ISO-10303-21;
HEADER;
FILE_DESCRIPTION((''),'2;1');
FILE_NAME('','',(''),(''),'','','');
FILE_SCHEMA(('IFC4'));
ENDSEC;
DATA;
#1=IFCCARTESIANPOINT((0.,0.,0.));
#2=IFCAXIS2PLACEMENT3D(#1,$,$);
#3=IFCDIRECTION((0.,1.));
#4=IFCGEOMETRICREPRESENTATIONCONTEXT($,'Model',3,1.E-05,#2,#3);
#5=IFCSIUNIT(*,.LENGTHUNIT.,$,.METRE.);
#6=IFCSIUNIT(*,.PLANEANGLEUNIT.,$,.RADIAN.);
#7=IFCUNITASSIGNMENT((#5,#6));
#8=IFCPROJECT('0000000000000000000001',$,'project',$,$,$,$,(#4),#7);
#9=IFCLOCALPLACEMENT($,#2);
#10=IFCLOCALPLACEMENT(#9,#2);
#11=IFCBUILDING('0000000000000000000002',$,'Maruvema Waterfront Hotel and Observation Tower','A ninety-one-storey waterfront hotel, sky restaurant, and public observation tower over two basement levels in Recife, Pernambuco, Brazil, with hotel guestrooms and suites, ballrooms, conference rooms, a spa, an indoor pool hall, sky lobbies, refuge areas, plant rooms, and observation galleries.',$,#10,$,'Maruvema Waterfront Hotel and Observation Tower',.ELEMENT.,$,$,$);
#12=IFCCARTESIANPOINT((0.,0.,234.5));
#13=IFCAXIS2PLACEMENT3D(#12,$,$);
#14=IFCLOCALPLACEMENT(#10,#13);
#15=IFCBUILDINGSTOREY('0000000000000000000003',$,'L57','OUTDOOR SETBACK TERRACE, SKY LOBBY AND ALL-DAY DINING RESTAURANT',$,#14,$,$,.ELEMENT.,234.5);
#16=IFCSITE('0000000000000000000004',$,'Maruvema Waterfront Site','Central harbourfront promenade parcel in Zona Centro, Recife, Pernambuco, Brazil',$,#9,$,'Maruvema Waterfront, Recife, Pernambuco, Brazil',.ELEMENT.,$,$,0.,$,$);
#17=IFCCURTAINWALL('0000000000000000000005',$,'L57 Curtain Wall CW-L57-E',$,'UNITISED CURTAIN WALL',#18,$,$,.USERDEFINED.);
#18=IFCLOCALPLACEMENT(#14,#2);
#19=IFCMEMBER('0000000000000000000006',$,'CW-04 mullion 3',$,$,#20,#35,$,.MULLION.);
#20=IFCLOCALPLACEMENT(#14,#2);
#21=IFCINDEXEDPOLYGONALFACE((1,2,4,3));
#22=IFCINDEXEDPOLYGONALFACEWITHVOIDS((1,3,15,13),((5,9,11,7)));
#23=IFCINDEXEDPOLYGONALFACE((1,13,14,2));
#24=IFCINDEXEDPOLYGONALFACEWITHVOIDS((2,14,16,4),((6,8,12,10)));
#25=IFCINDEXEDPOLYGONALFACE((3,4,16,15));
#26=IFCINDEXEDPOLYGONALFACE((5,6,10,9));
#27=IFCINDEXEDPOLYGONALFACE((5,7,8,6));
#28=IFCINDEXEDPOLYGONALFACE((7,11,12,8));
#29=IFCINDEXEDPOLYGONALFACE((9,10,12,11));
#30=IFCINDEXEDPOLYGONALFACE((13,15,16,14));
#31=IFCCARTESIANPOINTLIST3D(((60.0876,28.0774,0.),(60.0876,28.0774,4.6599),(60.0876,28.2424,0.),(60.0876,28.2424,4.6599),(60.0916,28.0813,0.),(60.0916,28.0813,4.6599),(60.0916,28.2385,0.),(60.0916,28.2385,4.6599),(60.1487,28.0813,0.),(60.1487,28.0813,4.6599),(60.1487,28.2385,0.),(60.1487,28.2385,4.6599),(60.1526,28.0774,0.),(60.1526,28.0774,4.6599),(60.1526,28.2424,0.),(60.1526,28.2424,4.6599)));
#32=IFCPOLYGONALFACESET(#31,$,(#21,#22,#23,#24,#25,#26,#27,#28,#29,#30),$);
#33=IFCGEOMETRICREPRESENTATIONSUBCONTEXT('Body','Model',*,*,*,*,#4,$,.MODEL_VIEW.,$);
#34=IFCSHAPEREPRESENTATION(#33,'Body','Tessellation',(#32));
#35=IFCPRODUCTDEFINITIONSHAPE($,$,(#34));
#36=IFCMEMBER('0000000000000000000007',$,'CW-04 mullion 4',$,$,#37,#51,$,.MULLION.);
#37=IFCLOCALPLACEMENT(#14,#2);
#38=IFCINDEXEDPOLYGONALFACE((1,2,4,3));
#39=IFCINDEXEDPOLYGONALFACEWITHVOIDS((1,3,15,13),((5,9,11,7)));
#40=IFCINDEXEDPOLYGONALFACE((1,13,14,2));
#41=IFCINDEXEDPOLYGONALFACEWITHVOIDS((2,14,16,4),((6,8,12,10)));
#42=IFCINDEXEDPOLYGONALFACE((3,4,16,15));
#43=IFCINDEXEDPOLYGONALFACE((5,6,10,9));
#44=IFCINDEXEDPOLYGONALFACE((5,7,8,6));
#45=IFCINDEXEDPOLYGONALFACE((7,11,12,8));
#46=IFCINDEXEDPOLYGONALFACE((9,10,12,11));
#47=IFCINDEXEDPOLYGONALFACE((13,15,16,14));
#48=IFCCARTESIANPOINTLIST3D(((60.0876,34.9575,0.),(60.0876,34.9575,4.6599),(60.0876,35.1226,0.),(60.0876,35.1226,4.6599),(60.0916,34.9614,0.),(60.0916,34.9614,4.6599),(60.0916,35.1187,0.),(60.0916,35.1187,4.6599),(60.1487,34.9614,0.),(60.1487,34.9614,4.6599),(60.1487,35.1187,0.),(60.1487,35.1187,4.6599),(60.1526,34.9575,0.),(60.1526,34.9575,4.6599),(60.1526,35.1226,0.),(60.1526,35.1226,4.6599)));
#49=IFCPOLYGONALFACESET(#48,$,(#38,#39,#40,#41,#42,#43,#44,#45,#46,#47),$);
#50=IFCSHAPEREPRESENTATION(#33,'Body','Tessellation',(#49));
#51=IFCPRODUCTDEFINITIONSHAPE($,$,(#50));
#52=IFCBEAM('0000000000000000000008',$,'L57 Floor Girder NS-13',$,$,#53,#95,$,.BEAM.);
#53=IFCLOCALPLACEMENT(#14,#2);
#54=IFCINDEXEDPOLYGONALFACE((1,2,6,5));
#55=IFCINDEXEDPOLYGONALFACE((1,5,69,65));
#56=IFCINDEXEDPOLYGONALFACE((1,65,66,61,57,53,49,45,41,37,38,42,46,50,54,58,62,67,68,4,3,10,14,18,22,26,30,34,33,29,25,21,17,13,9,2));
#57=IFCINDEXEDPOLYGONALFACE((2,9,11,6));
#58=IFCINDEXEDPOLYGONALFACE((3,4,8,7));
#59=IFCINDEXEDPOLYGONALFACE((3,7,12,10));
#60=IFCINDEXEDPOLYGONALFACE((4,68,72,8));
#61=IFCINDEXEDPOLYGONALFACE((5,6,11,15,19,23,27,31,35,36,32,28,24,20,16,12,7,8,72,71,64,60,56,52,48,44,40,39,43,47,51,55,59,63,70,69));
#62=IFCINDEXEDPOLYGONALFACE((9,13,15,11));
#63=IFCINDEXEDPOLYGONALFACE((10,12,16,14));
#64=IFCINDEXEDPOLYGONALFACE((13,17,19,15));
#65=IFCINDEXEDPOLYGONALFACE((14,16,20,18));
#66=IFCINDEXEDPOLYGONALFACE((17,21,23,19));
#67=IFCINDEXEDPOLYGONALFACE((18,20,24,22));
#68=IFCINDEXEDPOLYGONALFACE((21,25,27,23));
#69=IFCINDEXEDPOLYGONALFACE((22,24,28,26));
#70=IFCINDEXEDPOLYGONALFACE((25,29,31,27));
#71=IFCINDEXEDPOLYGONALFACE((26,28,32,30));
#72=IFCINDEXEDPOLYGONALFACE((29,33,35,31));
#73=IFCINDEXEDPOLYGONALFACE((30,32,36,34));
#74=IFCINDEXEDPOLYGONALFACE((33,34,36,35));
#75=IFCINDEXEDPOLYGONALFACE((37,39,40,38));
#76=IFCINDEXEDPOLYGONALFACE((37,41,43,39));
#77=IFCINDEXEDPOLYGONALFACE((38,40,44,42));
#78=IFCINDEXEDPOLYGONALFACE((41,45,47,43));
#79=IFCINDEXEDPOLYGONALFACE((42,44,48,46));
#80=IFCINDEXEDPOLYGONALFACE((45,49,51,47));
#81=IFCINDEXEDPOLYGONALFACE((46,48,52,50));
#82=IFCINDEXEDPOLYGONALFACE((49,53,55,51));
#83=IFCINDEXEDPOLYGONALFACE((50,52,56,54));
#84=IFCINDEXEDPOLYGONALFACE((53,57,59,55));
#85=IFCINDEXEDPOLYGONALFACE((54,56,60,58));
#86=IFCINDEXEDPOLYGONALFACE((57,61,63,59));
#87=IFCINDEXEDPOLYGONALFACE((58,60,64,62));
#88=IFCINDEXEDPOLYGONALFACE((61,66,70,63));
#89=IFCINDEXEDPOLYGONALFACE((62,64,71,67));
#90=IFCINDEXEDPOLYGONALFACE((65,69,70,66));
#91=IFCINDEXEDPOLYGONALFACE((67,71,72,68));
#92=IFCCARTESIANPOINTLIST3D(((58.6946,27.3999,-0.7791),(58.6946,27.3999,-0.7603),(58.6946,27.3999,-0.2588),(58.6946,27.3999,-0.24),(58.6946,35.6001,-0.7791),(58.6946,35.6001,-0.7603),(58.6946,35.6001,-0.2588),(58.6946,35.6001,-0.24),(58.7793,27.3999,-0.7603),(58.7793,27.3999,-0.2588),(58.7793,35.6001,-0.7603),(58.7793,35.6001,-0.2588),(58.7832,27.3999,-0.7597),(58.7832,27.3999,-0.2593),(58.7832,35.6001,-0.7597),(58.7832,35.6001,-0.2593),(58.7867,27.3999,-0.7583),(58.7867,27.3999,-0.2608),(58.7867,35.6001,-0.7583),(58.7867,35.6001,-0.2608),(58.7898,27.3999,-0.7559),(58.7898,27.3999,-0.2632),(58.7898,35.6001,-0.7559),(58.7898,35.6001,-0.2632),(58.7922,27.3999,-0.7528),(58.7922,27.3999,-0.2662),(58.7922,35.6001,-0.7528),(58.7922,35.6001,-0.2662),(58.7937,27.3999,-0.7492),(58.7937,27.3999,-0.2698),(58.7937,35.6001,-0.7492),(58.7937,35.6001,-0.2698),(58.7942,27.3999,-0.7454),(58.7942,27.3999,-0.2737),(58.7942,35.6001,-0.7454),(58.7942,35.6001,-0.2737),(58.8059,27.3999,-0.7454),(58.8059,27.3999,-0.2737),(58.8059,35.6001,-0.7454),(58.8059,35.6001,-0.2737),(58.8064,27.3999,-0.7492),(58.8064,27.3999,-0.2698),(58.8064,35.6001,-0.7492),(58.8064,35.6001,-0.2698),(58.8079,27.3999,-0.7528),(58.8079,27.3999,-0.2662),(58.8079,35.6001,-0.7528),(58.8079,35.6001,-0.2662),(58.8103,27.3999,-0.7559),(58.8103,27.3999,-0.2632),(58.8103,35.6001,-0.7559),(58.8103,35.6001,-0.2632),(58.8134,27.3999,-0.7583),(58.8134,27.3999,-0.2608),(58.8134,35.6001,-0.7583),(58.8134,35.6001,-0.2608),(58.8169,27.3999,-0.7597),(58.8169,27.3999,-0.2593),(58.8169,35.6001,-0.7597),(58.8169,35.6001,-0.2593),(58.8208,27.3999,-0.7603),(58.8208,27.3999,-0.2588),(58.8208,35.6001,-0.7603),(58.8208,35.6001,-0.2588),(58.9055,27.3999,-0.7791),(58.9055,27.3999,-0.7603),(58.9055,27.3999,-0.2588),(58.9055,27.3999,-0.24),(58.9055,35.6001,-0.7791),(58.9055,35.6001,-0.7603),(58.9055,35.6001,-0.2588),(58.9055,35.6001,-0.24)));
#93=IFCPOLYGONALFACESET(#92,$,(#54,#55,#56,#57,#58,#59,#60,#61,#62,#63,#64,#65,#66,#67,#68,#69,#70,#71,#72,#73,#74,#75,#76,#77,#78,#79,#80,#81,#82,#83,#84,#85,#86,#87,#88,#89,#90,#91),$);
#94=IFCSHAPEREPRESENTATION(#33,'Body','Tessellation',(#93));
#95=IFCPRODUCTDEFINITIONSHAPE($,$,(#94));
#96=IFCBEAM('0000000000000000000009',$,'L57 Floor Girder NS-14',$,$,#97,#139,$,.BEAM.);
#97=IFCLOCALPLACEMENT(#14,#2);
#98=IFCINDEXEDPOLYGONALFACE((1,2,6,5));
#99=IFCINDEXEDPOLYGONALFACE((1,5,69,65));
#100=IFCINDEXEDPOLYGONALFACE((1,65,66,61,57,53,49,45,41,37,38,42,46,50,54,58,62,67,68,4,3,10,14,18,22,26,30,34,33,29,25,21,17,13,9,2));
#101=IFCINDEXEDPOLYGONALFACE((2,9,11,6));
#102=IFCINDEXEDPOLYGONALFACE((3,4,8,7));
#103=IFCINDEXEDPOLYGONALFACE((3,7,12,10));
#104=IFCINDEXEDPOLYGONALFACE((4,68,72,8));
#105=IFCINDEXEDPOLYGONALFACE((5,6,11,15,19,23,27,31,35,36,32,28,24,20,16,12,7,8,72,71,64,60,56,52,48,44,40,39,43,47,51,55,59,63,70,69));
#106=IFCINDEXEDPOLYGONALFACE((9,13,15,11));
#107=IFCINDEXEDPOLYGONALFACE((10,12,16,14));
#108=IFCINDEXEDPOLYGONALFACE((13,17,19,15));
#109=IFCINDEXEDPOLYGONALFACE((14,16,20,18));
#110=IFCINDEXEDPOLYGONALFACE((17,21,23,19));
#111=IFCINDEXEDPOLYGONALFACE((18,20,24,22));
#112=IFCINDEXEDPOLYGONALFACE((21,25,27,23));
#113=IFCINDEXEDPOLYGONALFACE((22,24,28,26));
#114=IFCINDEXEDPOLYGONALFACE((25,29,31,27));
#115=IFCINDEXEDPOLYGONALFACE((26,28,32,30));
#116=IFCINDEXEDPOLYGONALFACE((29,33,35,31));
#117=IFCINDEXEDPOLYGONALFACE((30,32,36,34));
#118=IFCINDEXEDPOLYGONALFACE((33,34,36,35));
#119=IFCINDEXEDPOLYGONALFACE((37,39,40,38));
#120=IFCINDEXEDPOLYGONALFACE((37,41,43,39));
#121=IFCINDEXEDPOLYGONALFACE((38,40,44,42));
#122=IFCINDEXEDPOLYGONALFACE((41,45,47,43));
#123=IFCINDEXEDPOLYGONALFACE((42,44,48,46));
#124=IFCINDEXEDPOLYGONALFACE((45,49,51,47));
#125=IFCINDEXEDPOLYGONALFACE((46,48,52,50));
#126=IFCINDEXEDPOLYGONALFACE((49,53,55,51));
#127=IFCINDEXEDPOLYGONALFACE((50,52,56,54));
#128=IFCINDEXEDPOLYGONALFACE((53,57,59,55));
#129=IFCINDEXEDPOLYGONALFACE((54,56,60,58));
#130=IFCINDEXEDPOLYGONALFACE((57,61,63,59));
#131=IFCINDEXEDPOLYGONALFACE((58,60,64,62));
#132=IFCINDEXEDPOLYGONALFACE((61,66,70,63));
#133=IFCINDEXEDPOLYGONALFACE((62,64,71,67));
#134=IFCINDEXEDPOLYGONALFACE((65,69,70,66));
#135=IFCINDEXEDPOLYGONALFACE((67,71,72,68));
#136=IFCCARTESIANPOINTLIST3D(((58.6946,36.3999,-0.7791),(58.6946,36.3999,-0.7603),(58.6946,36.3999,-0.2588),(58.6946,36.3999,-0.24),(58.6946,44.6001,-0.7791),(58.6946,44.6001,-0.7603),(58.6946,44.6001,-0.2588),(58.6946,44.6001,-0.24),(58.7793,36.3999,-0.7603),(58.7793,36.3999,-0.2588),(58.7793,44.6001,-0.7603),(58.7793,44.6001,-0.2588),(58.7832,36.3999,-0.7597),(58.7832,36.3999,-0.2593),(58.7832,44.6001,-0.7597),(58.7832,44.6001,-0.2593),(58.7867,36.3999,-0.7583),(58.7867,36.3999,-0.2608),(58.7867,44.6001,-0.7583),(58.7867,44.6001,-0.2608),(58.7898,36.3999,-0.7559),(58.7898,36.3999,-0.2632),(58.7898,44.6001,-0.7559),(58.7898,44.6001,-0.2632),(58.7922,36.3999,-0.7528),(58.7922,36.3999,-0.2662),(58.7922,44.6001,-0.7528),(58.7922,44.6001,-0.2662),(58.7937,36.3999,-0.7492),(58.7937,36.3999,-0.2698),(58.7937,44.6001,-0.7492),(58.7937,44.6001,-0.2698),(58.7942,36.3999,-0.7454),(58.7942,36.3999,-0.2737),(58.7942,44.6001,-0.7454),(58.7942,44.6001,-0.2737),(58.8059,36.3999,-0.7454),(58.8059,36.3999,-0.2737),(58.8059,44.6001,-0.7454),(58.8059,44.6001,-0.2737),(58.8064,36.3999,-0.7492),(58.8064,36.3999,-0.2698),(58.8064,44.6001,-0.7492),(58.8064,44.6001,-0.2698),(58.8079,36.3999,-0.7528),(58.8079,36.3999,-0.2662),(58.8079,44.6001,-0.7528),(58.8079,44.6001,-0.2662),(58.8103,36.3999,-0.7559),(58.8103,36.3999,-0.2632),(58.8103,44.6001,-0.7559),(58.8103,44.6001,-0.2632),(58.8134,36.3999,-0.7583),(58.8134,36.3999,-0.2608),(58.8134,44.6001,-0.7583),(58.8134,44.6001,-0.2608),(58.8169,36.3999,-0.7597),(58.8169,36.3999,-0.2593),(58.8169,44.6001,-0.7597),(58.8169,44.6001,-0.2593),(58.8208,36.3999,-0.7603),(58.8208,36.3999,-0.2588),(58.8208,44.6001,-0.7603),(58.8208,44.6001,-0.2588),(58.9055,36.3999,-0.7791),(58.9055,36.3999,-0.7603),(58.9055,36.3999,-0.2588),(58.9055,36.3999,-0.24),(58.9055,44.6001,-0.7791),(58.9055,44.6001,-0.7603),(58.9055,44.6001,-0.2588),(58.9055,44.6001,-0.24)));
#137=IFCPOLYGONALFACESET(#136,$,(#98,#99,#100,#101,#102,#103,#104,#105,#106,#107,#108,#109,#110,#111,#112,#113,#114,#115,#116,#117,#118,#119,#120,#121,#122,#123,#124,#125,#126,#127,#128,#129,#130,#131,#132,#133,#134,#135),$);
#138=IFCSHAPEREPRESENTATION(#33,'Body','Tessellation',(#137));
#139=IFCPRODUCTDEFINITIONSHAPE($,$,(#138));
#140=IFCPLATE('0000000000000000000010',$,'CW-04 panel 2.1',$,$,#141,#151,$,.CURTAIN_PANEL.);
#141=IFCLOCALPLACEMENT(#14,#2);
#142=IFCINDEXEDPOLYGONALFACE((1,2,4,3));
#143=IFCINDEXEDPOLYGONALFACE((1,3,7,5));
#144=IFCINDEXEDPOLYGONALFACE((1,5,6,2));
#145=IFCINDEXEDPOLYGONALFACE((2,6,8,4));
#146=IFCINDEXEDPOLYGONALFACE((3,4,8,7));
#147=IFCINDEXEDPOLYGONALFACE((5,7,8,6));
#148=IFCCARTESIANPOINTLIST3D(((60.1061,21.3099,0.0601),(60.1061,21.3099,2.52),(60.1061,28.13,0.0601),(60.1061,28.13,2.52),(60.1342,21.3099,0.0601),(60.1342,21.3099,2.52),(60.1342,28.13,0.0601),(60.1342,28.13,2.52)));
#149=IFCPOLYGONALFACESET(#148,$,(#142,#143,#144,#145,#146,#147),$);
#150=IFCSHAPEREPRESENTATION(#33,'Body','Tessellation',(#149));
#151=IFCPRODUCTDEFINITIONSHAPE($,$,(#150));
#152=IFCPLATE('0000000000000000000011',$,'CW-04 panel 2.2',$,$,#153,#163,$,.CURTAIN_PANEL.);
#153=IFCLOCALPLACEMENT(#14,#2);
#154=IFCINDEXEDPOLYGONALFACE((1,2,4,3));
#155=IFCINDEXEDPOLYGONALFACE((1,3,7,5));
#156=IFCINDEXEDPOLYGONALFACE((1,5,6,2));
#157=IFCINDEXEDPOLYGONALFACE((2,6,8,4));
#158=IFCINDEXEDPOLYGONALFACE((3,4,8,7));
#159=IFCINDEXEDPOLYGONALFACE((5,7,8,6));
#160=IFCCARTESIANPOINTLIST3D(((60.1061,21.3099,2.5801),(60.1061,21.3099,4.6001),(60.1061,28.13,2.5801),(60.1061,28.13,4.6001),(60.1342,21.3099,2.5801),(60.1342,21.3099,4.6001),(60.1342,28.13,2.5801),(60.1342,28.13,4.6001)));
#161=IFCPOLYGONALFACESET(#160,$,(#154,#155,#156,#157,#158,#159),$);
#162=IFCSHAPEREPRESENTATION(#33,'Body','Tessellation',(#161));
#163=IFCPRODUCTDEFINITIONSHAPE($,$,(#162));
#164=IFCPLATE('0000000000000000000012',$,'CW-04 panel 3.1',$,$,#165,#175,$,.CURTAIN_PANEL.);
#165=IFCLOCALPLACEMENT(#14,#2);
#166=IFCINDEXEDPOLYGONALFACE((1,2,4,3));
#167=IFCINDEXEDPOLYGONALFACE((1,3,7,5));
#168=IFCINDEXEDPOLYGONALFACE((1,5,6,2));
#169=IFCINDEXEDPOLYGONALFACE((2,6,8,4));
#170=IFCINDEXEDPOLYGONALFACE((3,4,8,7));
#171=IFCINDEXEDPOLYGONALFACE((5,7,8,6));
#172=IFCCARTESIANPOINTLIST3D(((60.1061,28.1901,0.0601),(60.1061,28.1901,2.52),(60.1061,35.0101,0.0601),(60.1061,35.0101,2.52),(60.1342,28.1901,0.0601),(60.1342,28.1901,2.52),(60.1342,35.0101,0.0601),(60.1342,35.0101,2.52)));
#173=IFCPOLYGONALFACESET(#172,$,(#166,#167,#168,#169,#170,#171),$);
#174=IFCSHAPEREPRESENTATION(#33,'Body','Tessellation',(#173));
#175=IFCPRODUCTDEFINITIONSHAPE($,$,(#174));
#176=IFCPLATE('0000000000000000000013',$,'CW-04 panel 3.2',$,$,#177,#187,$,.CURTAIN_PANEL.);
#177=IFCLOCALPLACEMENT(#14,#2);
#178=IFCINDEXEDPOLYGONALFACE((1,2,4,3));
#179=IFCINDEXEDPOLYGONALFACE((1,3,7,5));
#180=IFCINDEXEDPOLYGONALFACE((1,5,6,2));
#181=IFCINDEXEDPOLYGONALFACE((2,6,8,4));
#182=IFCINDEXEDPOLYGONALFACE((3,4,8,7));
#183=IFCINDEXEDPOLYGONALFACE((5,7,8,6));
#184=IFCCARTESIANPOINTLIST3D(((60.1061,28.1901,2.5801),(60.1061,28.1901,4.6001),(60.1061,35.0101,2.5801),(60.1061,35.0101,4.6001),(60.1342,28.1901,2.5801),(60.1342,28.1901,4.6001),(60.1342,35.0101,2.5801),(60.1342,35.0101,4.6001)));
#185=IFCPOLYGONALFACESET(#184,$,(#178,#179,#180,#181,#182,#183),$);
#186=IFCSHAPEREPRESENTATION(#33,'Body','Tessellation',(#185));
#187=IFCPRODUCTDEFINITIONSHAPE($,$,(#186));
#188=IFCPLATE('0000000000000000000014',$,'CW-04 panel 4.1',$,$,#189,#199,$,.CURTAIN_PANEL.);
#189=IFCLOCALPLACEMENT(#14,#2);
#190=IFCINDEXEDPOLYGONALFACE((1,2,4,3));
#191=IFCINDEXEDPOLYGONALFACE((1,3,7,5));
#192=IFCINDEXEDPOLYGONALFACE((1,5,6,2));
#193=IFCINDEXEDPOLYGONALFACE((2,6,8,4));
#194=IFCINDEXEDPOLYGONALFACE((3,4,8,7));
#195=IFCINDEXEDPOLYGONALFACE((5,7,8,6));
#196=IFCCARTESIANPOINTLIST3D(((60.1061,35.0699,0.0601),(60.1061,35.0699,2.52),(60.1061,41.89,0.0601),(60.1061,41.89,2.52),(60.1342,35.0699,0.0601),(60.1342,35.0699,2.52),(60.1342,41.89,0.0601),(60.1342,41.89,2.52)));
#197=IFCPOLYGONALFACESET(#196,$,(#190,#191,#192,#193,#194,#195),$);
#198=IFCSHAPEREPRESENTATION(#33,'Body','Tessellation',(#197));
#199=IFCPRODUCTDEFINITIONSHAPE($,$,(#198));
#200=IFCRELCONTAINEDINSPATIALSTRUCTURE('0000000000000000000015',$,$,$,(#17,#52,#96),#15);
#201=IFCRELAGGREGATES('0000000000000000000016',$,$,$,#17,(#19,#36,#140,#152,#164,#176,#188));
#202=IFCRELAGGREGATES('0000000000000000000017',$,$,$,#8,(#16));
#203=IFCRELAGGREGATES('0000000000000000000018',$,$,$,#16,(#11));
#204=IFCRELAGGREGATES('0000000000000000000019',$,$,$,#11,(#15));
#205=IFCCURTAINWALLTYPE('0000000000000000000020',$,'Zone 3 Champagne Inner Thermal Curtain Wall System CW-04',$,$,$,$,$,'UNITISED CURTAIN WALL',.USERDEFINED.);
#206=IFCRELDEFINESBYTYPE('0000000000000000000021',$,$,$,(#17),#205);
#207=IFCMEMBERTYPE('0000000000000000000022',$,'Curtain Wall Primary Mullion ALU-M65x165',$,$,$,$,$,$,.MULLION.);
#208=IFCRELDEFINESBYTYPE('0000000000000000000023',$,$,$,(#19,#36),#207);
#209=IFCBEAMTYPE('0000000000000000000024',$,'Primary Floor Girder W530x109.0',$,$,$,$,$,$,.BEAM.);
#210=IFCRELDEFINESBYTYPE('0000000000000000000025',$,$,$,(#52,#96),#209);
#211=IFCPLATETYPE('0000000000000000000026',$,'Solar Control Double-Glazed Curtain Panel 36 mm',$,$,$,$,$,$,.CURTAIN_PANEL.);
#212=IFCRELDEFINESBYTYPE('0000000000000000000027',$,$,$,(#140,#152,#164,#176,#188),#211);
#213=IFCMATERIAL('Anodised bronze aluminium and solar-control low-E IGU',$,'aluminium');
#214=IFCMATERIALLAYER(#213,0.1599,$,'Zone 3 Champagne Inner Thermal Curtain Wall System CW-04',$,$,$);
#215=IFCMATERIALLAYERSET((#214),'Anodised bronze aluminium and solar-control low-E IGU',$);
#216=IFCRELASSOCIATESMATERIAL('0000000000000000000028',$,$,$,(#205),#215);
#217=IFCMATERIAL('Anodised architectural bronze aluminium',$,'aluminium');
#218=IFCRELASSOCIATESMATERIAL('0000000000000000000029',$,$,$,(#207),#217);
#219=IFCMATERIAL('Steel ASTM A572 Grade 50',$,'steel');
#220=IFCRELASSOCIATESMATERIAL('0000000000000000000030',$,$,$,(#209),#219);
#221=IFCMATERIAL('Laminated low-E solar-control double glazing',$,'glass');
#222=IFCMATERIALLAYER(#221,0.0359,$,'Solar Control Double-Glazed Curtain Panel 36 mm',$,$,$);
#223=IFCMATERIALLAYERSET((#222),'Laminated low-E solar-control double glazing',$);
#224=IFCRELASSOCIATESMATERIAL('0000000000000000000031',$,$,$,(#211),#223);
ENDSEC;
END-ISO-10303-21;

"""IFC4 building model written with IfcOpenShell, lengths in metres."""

from ifc_helpers import new_model, si_unit, direction, frame, origin, origin_2d, place, context, subcontext, project, spatial, rectangle, hollow_rectangle, i_section, extrude, material, layer, layer_set, material_profile, profile_set, type_object, element, aggregate, save


model = new_model("IFC4")

# Units and contexts
model_context = context("Model", 3, precision=1e-05, world=origin(), true_north=direction((0.0, 1.0)))
body_context = subcontext(model_context, "Body", "Model", "MODEL_VIEW")
ifc_project = project(units=[si_unit("LENGTHUNIT", "METRE"), si_unit("PLANEANGLEUNIT", "RADIAN")], contexts=[model_context])

# Site, building, storey
site_placement = place(None, origin())
site = spatial("IfcSite", under=ifc_project, at=site_placement, Name="Maruvema Waterfront Site", Description="Central harbourfront promenade parcel in Zona Centro, Recife, Pernambuco, Brazil", LongName="Maruvema Waterfront, Recife, Pernambuco, Brazil", CompositionType="ELEMENT", RefElevation=0.0)
building_placement = place(site_placement, origin())
building = spatial("IfcBuilding", under=site, at=building_placement, Name="Maruvema Waterfront Hotel and Observation Tower", Description="A ninety-one-storey waterfront hotel, sky restaurant, and public observation tower over two basement levels in Recife, Pernambuco, Brazil, with hotel guestrooms and suites, ballrooms, conference rooms, a spa, an indoor pool hall, sky lobbies, refuge areas, plant rooms, and observation galleries.", LongName="Maruvema Waterfront Hotel and Observation Tower", CompositionType="ELEMENT")
storey_placement = place(building_placement, frame((0.0, 0.0, 234.5)))
storey = spatial("IfcBuildingStorey", under=building, at=storey_placement, Name="L57", Description="OUTDOOR SETBACK TERRACE, SKY LOBBY AND ALL-DAY DINING RESTAURANT", CompositionType="ELEMENT", Elevation=234.5)

# Curtain wall, members
ifc_material_1 = material(Name="Anodised bronze aluminium and solar-control low-E IGU", Category="aluminium")
ifc_layer_1 = layer(ifc_material_1, 0.1599, Name="Zone 3 Champagne Inner Thermal Curtain Wall System CW-04")
ifc_layer_set_1 = layer_set([ifc_layer_1], Name="Anodised bronze aluminium and solar-control low-E IGU")
curtain_wall_type = type_object("IfcCurtainWallType", Name="Zone 3 Champagne Inner Thermal Curtain Wall System CW-04", ElementType="UNITISED CURTAIN WALL", PredefinedType="USERDEFINED", material=ifc_layer_set_1)
curtain_wall_placement = place(storey_placement, origin())
curtain_wall = element("IfcCurtainWall", 1, at=curtain_wall_placement, inside=storey, type_object=curtain_wall_type, Name="L57 Curtain Wall CW-L57-E", ObjectType="UNITISED CURTAIN WALL", PredefinedType="USERDEFINED")
ifc_material_2 = material(Name="Anodised architectural bronze aluminium", Category="aluminium")
ifc_material_profile_1 = material_profile(ifc_material_2, hollow_rectangle(XDim=0.0649, YDim=0.165, WallThickness=0.0039, at=origin_2d()), Name="ALU-M65x165")
ifc_profile_set_1 = profile_set([ifc_material_profile_1], Name="Anodised architectural bronze aluminium")
member_type_1 = type_object("IfcMemberType", Name="Curtain Wall Primary Mullion ALU-M65x165", PredefinedType="MULLION", material=ifc_profile_set_1)
member_1_placement = place(storey_placement, frame((60.1201, 28.1599, 0.0), z_axis=(0.0, 0.0, 1.0), x_axis=(-1.0, 0.0, 0.0)))
member_1 = element("IfcMember", 2, at=member_1_placement, type_object=member_type_1, Name="CW-04 mullion 3", PredefinedType="MULLION", context=body_context, shape_type="SweptSolid", body=[
    extrude(hollow_rectangle(XDim=0.0649, YDim=0.165, WallThickness=0.0039, at=origin_2d()), origin(), (0.0, 0.0, 1.0), 4.6599),
])
member_2_placement = place(storey_placement, frame((60.1201, 35.04, 0.0), z_axis=(0.0, 0.0, 1.0), x_axis=(-1.0, 0.0, 0.0)))
member_2 = element("IfcMember", 3, at=member_2_placement, type_object=member_type_1, Name="CW-04 mullion 4", PredefinedType="MULLION", context=body_context, shape_type="SweptSolid", body=[
    extrude(hollow_rectangle(XDim=0.0649, YDim=0.165, WallThickness=0.0039, at=origin_2d()), origin(), (0.0, 0.0, 1.0), 4.6599),
])

# Beams
ifc_material_3 = material(Name="Steel ASTM A572 Grade 50", Category="steel")
ifc_material_profile_2 = material_profile(ifc_material_3, i_section(OverallWidth=0.2109, OverallDepth=0.5391, WebThickness=0.0117, FlangeThickness=0.0188, FilletRadius=0.0149, at=origin_2d()), Name="W530x109.0")
ifc_profile_set_2 = profile_set([ifc_material_profile_2], Name="Steel ASTM A572 Grade 50")
beam_type = type_object("IfcBeamType", Name="Primary Floor Girder W530x109.0", PredefinedType="BEAM", material=ifc_profile_set_2)
for number, where, z_axis, x_axis, name in (
    (4, (58.8, 27.3999, -0.5095), (0.0, 1.0, 0.0), (-1.0, 0.0, 0.0), "L57 Floor Girder NS-13"),
    (5, (58.8, 36.3999, -0.5095), (0.0, 1.0, 0.0), (-1.0, 0.0, 0.0), "L57 Floor Girder NS-14"),
):
    element("IfcBeam", number, at=place(storey_placement, frame(where, z_axis=z_axis, x_axis=x_axis)), inside=storey, type_object=beam_type, Name=name, PredefinedType="BEAM", context=body_context, shape_type="SweptSolid", body=[
        extrude(i_section(OverallWidth=0.2109, OverallDepth=0.5391, WebThickness=0.0117, FlangeThickness=0.0188, FilletRadius=0.0149, at=origin_2d()), origin(), (0.0, 0.0, 1.0), 8.2002),
    ])

# Plates
ifc_material_4 = material(Name="Laminated low-E solar-control double glazing", Category="glass")
ifc_layer_2 = layer(ifc_material_4, 0.0359, Name="Solar Control Double-Glazed Curtain Panel 36 mm")
ifc_layer_set_2 = layer_set([ifc_layer_2], Name="Laminated low-E solar-control double glazing")
plate_type = type_object("IfcPlateType", Name="Solar Control Double-Glazed Curtain Panel 36 mm", PredefinedType="CURTAIN_PANEL", material=ifc_layer_set_2)
plate_1_placement = place(storey_placement, frame((60.1201, 24.72, 0.0601), z_axis=(0.0, 0.0, 1.0), x_axis=(0.0, 1.0, 0.0)))
plate_1 = element("IfcPlate", 6, at=plate_1_placement, type_object=plate_type, Name="CW-04 panel 2.1", PredefinedType="CURTAIN_PANEL", context=body_context, shape_type="SweptSolid", body=[
    extrude(rectangle(XDim=6.8201, YDim=0.0281, at=origin_2d()), origin(), (0.0, 0.0, 1.0), 2.46),
])
plate_2_placement = place(storey_placement, frame((60.1201, 24.72, 2.5801), z_axis=(0.0, 0.0, 1.0), x_axis=(0.0, 1.0, 0.0)))
plate_2 = element("IfcPlate", 7, at=plate_2_placement, type_object=plate_type, Name="CW-04 panel 2.2", PredefinedType="CURTAIN_PANEL", context=body_context, shape_type="SweptSolid", body=[
    extrude(rectangle(XDim=6.8201, YDim=0.0281, at=origin_2d()), origin(), (0.0, 0.0, 1.0), 2.02),
])
plate_3_placement = place(storey_placement, frame((60.1201, 31.6001, 0.0601), z_axis=(0.0, 0.0, 1.0), x_axis=(0.0, 1.0, 0.0)))
plate_3 = element("IfcPlate", 8, at=plate_3_placement, type_object=plate_type, Name="CW-04 panel 3.1", PredefinedType="CURTAIN_PANEL", context=body_context, shape_type="SweptSolid", body=[
    extrude(rectangle(XDim=6.8201, YDim=0.0281, at=origin_2d()), origin(), (0.0, 0.0, 1.0), 2.46),
])
plate_4_placement = place(storey_placement, frame((60.1201, 31.6001, 2.5801), z_axis=(0.0, 0.0, 1.0), x_axis=(0.0, 1.0, 0.0)))
plate_4 = element("IfcPlate", 9, at=plate_4_placement, type_object=plate_type, Name="CW-04 panel 3.2", PredefinedType="CURTAIN_PANEL", context=body_context, shape_type="SweptSolid", body=[
    extrude(rectangle(XDim=6.8201, YDim=0.0281, at=origin_2d()), origin(), (0.0, 0.0, 1.0), 2.02),
])
plate_5_placement = place(storey_placement, frame((60.1201, 38.48, 0.0601), z_axis=(0.0, 0.0, 1.0), x_axis=(0.0, 1.0, 0.0)))
plate_5 = element("IfcPlate", 10, at=plate_5_placement, type_object=plate_type, Name="CW-04 panel 4.1", PredefinedType="CURTAIN_PANEL", context=body_context, shape_type="SweptSolid", body=[
    extrude(rectangle(XDim=6.8201, YDim=0.0281, at=origin_2d()), origin(), (0.0, 0.0, 1.0), 2.46),
])
aggregate(curtain_wall, [member_1, member_2, plate_1, plate_2, plate_3, plate_4, plate_5])

save(model, "model.ifc")
